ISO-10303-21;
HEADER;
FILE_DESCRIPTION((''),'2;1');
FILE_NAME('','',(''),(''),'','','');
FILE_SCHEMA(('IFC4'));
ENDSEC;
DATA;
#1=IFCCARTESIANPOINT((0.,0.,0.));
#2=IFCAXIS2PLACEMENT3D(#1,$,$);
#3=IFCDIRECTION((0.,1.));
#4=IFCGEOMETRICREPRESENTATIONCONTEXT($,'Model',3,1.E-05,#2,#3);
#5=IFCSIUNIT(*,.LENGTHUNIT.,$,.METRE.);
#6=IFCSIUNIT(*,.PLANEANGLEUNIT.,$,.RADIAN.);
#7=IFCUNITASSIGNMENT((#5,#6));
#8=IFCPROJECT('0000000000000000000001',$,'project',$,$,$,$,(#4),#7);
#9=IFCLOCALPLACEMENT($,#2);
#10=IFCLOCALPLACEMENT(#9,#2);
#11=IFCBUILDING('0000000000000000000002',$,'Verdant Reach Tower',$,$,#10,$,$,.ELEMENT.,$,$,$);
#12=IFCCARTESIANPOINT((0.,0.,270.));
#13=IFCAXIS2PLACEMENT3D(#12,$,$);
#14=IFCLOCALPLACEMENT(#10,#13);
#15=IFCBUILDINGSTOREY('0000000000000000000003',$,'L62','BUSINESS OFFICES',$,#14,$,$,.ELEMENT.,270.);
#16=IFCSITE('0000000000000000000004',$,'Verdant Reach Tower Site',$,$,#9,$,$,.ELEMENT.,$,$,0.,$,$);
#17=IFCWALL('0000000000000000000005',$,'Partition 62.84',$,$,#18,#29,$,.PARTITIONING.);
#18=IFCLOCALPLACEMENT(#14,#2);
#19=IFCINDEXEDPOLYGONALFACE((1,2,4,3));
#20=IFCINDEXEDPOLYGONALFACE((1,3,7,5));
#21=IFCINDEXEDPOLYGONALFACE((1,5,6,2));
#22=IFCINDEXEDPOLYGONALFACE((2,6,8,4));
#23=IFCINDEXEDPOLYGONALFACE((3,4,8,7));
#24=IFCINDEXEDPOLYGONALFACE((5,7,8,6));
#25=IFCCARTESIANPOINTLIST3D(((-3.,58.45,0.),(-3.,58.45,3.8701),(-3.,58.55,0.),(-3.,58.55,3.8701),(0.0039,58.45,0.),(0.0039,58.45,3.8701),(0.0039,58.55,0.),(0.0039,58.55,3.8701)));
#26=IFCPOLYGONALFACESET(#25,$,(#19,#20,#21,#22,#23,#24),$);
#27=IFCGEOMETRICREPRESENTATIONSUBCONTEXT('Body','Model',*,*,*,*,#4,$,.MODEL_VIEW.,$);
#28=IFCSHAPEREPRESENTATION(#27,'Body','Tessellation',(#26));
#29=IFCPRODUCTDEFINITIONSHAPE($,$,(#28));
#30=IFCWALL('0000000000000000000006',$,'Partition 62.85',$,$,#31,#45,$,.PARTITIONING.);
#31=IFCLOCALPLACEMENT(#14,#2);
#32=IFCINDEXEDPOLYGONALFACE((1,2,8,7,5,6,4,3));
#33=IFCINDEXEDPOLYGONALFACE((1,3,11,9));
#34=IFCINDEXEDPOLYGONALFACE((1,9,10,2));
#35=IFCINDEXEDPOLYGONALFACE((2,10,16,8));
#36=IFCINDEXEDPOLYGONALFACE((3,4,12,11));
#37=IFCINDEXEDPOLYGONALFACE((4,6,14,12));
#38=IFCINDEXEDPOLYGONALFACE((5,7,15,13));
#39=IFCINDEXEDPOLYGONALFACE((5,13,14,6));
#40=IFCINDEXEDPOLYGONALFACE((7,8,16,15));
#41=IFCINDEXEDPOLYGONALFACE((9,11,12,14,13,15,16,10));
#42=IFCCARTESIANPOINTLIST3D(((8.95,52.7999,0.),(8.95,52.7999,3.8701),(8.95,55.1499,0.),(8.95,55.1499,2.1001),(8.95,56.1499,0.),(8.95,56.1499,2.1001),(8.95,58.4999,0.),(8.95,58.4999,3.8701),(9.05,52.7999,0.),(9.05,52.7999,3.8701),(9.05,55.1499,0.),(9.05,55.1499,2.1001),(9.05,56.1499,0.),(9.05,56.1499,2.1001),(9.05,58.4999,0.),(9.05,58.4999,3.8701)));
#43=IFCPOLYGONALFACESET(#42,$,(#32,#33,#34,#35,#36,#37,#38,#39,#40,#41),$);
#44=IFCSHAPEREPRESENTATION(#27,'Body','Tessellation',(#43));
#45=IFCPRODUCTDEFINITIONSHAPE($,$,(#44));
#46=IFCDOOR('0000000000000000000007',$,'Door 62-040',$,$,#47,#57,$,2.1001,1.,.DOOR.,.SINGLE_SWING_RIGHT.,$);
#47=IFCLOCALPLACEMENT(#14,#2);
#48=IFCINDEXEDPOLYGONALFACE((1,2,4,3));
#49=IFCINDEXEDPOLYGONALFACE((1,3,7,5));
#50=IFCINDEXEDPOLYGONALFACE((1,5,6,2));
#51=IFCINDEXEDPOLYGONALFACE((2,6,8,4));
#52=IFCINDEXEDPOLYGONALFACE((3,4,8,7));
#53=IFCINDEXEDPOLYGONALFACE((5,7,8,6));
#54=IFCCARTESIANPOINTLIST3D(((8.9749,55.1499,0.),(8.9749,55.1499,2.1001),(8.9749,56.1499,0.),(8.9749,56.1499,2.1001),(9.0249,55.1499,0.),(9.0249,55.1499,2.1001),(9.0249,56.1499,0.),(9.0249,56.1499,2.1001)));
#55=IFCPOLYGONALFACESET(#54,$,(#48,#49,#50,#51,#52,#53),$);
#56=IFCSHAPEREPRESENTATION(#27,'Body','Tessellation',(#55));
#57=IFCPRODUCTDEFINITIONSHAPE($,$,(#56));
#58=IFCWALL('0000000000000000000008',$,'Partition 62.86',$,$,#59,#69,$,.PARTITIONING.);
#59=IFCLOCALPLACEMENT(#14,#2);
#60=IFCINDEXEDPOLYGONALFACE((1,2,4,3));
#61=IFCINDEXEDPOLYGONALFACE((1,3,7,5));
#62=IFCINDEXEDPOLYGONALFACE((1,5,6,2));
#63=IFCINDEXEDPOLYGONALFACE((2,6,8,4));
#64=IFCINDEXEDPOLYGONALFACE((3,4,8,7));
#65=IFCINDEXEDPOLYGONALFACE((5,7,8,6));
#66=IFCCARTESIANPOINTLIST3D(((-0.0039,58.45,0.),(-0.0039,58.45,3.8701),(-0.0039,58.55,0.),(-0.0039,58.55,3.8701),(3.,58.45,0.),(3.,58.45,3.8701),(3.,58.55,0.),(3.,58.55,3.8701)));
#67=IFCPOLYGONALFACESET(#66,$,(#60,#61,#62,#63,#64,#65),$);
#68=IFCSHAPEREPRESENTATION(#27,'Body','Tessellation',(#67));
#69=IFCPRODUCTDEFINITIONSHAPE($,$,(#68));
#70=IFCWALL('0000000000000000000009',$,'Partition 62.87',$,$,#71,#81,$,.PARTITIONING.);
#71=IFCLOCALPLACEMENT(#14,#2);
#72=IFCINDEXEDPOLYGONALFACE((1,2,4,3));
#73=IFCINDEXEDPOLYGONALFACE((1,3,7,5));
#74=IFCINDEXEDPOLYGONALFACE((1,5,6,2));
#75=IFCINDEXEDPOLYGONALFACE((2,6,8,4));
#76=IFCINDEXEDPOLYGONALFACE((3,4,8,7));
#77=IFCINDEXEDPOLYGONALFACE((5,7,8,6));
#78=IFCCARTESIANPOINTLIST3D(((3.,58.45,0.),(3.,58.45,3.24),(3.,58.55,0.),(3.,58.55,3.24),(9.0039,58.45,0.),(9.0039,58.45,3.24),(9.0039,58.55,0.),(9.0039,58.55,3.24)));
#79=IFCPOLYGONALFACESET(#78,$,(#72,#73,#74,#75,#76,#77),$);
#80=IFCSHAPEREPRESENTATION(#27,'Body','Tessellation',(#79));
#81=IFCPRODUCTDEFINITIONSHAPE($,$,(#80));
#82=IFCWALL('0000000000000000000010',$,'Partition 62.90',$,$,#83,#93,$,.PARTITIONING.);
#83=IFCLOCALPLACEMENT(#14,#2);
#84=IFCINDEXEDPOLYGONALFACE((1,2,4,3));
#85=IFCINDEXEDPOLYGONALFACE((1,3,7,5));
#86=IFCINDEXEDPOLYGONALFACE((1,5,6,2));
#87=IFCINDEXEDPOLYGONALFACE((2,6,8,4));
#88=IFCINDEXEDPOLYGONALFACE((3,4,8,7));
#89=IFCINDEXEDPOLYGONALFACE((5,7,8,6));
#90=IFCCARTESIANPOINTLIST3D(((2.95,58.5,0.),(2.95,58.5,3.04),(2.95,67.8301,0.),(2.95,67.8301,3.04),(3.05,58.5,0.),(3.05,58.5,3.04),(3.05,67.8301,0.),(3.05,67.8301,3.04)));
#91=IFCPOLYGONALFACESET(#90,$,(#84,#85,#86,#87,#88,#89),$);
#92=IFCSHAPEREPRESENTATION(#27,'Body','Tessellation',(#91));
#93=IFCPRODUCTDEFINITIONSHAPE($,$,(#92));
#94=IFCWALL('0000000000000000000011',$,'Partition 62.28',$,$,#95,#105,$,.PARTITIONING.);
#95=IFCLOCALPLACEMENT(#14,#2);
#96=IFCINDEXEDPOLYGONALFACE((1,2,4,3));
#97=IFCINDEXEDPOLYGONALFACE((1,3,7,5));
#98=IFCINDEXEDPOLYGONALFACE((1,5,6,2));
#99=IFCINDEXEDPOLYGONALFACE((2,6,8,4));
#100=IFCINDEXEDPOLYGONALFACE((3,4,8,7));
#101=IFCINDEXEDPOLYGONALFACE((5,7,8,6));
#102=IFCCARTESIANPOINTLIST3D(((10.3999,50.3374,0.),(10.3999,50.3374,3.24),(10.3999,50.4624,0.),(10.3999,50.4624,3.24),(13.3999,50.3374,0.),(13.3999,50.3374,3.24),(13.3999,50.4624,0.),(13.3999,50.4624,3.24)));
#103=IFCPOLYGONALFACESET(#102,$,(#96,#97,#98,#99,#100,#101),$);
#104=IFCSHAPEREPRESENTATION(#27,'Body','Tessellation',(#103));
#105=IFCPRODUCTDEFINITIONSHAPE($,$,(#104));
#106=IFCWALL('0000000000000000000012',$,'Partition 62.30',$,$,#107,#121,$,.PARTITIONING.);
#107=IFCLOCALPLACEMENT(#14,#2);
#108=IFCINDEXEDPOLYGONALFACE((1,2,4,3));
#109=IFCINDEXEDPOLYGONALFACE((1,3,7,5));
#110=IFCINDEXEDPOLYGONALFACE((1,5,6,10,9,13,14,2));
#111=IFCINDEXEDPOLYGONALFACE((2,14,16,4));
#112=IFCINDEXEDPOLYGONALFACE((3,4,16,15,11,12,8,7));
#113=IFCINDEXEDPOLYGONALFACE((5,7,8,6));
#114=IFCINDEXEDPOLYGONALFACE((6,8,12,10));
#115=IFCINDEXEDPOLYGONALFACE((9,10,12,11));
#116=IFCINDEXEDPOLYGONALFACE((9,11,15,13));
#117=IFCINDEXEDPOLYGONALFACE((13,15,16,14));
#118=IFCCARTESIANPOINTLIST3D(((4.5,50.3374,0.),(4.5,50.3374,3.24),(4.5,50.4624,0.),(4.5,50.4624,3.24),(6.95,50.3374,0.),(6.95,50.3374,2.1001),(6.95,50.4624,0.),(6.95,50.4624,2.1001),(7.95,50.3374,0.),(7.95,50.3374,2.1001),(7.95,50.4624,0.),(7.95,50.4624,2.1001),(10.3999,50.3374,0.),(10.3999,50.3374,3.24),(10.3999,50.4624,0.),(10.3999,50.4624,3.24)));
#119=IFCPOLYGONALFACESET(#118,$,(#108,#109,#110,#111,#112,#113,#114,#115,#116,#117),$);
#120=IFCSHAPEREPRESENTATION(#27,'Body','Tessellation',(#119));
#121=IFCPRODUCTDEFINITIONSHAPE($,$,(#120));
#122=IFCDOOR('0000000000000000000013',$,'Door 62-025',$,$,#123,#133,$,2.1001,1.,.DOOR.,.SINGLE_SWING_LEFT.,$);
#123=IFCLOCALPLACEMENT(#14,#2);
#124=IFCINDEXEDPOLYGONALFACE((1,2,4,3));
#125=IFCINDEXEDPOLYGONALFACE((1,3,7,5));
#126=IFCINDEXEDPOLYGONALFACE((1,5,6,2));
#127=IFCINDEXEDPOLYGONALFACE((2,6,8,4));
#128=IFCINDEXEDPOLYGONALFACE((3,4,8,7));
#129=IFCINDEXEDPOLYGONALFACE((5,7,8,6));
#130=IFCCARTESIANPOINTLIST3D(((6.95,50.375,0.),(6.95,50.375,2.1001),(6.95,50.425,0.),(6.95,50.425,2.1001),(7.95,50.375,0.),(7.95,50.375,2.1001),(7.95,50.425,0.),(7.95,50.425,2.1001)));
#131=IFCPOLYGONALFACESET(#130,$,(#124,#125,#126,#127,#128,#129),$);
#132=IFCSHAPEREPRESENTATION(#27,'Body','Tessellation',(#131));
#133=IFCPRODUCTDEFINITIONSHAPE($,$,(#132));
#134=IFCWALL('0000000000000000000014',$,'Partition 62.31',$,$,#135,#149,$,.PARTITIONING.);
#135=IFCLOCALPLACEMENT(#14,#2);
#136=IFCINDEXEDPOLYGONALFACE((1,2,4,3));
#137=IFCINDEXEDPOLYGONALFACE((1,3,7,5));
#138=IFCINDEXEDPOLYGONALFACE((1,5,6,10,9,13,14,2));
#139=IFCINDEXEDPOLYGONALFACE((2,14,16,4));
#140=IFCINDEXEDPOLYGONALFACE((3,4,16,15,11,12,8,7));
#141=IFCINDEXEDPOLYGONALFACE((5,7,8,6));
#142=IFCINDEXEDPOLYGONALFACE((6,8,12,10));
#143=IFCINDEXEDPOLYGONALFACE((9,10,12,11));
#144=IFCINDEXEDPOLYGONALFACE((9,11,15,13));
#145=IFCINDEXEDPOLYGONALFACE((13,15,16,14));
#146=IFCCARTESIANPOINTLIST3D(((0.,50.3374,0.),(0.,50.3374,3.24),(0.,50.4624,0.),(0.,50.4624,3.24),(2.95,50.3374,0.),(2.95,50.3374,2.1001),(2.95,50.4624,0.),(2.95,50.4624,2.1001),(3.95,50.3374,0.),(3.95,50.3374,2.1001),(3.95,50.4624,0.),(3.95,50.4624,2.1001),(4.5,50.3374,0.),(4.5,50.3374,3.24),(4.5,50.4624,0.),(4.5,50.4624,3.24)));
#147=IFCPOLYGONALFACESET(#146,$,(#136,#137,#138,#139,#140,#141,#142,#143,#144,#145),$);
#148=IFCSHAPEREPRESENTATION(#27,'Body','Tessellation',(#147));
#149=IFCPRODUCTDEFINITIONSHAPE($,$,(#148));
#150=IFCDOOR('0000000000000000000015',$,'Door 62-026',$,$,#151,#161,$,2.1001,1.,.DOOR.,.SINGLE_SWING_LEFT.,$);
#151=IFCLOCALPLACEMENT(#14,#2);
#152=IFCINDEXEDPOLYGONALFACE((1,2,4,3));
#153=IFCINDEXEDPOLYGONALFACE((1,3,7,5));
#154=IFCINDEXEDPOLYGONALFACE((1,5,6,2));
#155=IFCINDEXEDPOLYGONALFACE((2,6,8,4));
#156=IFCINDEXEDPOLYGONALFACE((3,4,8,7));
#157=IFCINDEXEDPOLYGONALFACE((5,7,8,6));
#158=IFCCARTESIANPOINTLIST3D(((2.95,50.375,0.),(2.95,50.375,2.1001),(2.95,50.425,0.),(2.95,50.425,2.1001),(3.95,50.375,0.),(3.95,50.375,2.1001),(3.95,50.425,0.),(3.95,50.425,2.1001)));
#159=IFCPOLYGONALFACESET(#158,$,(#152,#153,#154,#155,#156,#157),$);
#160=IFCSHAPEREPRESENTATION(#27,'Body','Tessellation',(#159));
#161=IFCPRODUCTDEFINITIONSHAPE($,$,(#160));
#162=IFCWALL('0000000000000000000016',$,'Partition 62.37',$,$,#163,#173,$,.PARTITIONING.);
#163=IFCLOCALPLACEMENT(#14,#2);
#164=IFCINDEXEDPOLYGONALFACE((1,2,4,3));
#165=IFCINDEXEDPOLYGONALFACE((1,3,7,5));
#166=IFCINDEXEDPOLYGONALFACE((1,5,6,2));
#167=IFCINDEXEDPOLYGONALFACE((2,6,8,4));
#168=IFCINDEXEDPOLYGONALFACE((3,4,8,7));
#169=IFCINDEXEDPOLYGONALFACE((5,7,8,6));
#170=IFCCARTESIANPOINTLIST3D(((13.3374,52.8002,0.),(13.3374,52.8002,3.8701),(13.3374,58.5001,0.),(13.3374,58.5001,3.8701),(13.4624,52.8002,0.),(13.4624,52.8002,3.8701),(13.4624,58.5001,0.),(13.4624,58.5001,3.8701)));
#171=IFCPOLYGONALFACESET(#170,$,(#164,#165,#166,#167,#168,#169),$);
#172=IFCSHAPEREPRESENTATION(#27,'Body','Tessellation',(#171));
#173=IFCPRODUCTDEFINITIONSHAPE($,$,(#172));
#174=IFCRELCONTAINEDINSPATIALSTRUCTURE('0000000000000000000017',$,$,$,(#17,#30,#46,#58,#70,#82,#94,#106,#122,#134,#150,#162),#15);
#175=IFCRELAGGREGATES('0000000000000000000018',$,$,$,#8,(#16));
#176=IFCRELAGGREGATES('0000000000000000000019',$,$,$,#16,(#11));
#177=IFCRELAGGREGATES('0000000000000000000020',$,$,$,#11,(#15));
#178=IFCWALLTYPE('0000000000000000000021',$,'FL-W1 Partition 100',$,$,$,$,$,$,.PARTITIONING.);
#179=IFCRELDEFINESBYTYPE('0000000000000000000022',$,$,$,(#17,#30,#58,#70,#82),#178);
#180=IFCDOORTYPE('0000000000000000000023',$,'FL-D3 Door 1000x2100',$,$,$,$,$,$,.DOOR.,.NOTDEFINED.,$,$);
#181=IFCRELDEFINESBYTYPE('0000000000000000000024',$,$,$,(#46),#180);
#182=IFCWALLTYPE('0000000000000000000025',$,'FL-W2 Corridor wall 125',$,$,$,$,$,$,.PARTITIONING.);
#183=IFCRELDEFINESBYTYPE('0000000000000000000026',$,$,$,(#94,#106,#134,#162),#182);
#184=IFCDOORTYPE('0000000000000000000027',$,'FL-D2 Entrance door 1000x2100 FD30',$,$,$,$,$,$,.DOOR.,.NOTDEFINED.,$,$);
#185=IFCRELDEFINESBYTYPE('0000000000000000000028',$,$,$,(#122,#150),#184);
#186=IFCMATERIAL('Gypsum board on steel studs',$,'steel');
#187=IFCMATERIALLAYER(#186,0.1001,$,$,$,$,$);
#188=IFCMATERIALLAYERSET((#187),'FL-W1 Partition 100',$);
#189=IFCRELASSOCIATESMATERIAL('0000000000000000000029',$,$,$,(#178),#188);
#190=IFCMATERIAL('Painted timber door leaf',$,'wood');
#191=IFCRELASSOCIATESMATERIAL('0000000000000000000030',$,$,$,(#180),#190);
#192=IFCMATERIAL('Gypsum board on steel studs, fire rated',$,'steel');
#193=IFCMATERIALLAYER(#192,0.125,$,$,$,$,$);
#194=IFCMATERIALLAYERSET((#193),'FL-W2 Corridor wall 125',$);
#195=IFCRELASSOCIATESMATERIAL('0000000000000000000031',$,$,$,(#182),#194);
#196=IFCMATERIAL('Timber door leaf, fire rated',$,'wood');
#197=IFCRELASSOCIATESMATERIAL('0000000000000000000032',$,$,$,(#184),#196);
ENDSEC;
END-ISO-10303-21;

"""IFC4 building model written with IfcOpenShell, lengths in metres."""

from ifc_helpers import new_model, si_unit, direction, frame, frame_2d, origin, place, context, subcontext, project, spatial, rectangle, extrude, material, layer, layer_set, type_object, element, fill, save


model = new_model("IFC4")

# Units and contexts
model_context = context("Model", 3, precision=1e-05, world=origin(), true_north=direction((0.0, 1.0)))
body_context = subcontext(model_context, "Body", "Model", "MODEL_VIEW")
ifc_project = project(units=[si_unit("LENGTHUNIT", "METRE"), si_unit("PLANEANGLEUNIT", "RADIAN")], contexts=[model_context])

# Site, building, storey
site_placement = place(None, origin())
site = spatial("IfcSite", under=ifc_project, at=site_placement, Name="Verdant Reach Tower Site", CompositionType="ELEMENT", RefElevation=0.0)
building_placement = place(site_placement, origin())
building = spatial("IfcBuilding", under=site, at=building_placement, Name="Verdant Reach Tower", CompositionType="ELEMENT")
storey_placement = place(building_placement, frame((0.0, 0.0, 270.0)))
storey = spatial("IfcBuildingStorey", under=building, at=storey_placement, Name="L62", Description="BUSINESS OFFICES", CompositionType="ELEMENT", Elevation=270.0)

# Wall
ifc_material_1 = material(Name="Gypsum board on steel studs", Category="steel")
ifc_layer_1 = layer(ifc_material_1, 0.1001)
ifc_layer_set_1 = layer_set([ifc_layer_1], Name="FL-W1 Partition 100")
wall_type_1 = type_object("IfcWallType", Name="FL-W1 Partition 100", PredefinedType="PARTITIONING", material=ifc_layer_set_1)
wall_1_placement = place(storey_placement, frame((0.0039, 58.5, 0.0), z_axis=(0.0, 0.0, 1.0), x_axis=(-1.0, 0.0, 0.0)))
element("IfcWall", 1, at=wall_1_placement, inside=storey, type_object=wall_type_1, Name="Partition 62.84", PredefinedType="PARTITIONING", context=body_context, shape_type="SweptSolid", body=[
    extrude(rectangle(XDim=3.0039, YDim=0.1001, at=frame_2d((1.502, 0.0))), origin(), (0.0, 0.0, 1.0), 3.8701),
])

# Wall, opening, door
wall_2_placement = place(storey_placement, frame((9.0, 58.5, 0.0), z_axis=(0.0, 0.0, 1.0), x_axis=(0.0, -1.0, 0.0)))
wall_2 = element("IfcWall", 2, at=wall_2_placement, inside=storey, type_object=wall_type_1, Name="Partition 62.85", PredefinedType="PARTITIONING", context=body_context, shape_type="SweptSolid", body=[
    extrude(rectangle(XDim=5.7, YDim=0.1001, at=frame_2d((2.8501, 0.0))), origin(), (0.0, 0.0, 1.0), 3.8701),
])
opening_1_placement = place(wall_2_placement, frame((2.3501, 0.0, 0.0)))
opening_1 = element("IfcOpeningElement", 3, at=opening_1_placement, cuts=wall_2, PredefinedType="OPENING", context=body_context, shape_type="SweptSolid", body=[
    extrude(rectangle(XDim=1.0, YDim=2.1001, at=frame_2d((0.5, 1.05))), frame((0.0, 0.0601, 0.0), z_axis=(0.0, -1.0, 0.0), x_axis=(1.0, 0.0, 0.0)), (0.0, 0.0, 1.0), 0.1201),
])
ifc_material_2 = material(Name="Painted timber door leaf", Category="wood")
door_type_1 = type_object("IfcDoorType", Name="FL-D3 Door 1000x2100", OperationType="NOTDEFINED", PredefinedType="DOOR", material=ifc_material_2)
door_1_placement = place(opening_1_placement, origin())
door_1 = element("IfcDoor", 4, at=door_1_placement, inside=storey, type_object=door_type_1, Name="Door 62-040", OperationType="SINGLE_SWING_RIGHT", OverallHeight=2.1001, OverallWidth=1.0, PredefinedType="DOOR", context=body_context, shape_type="SweptSolid", body=[
    extrude(rectangle(XDim=1.0, YDim=2.1001, at=frame_2d((0.5, 1.05))), frame((0.0, 0.0249, 0.0), z_axis=(0.0, -1.0, 0.0), x_axis=(1.0, 0.0, 0.0)), (0.0, 0.0, 1.0), 0.05),
])
fill(opening_1, door_1)

# Walls
wall_3_placement = place(storey_placement, frame((3.0, 58.5, 0.0), z_axis=(0.0, 0.0, 1.0), x_axis=(-1.0, 0.0, 0.0)))
element("IfcWall", 5, at=wall_3_placement, inside=storey, type_object=wall_type_1, Name="Partition 62.86", PredefinedType="PARTITIONING", context=body_context, shape_type="SweptSolid", body=[
    extrude(rectangle(XDim=3.0039, YDim=0.1001, at=frame_2d((1.502, 0.0))), origin(), (0.0, 0.0, 1.0), 3.8701),
])
wall_4_placement = place(storey_placement, frame((9.0039, 58.5, 0.0), z_axis=(0.0, 0.0, 1.0), x_axis=(-1.0, 0.0, 0.0)))
element("IfcWall", 6, at=wall_4_placement, inside=storey, type_object=wall_type_1, Name="Partition 62.87", PredefinedType="PARTITIONING", context=body_context, shape_type="SweptSolid", body=[
    extrude(rectangle(XDim=6.0039, YDim=0.1001, at=frame_2d((3.002, 0.0))), origin(), (0.0, 0.0, 1.0), 3.24),
])
wall_5_placement = place(storey_placement, frame((3.0, 58.5, 0.0), z_axis=(0.0, 0.0, 1.0), x_axis=(0.0, 1.0, 0.0)))
element("IfcWall", 7, at=wall_5_placement, inside=storey, type_object=wall_type_1, Name="Partition 62.90", PredefinedType="PARTITIONING", context=body_context, shape_type="SweptSolid", body=[
    extrude(rectangle(XDim=9.3301, YDim=0.1001, at=frame_2d((4.665, 0.0))), origin(), (0.0, 0.0, 1.0), 3.04),
])
ifc_material_3 = material(Name="Gypsum board on steel studs, fire rated", Category="steel")
ifc_layer_2 = layer(ifc_material_3, 0.125)
ifc_layer_set_2 = layer_set([ifc_layer_2], Name="FL-W2 Corridor wall 125")
wall_type_2 = type_object("IfcWallType", Name="FL-W2 Corridor wall 125", PredefinedType="PARTITIONING", material=ifc_layer_set_2)
wall_6_placement = place(storey_placement, frame((13.3999, 50.3999, 0.0), z_axis=(0.0, 0.0, 1.0), x_axis=(-1.0, 0.0, 0.0)))
element("IfcWall", 8, at=wall_6_placement, inside=storey, type_object=wall_type_2, Name="Partition 62.28", PredefinedType="PARTITIONING", context=body_context, shape_type="SweptSolid", body=[
    extrude(rectangle(XDim=3.0, YDim=0.125, at=frame_2d((1.5, 0.0))), origin(), (0.0, 0.0, 1.0), 3.24),
])

# Walls, openings, doors
wall_7_placement = place(storey_placement, frame((10.3999, 50.3999, 0.0), z_axis=(0.0, 0.0, 1.0), x_axis=(-1.0, 0.0, 0.0)))
wall_7 = element("IfcWall", 9, at=wall_7_placement, inside=storey, type_object=wall_type_2, Name="Partition 62.30", PredefinedType="PARTITIONING", context=body_context, shape_type="SweptSolid", body=[
    extrude(rectangle(XDim=5.8999, YDim=0.125, at=frame_2d((2.95, 0.0))), origin(), (0.0, 0.0, 1.0), 3.24),
])
opening_2_placement = place(wall_7_placement, frame((2.45, 0.0, 0.0)))
opening_2 = element("IfcOpeningElement", 10, at=opening_2_placement, cuts=wall_7, PredefinedType="OPENING", context=body_context, shape_type="SweptSolid", body=[
    extrude(rectangle(XDim=1.0, YDim=2.1001, at=frame_2d((0.5, 1.05))), frame((0.0, 0.0725, 0.0), z_axis=(0.0, -1.0, 0.0), x_axis=(1.0, 0.0, 0.0)), (0.0, 0.0, 1.0), 0.145),
])
ifc_material_4 = material(Name="Timber door leaf, fire rated", Category="wood")
door_type_2 = type_object("IfcDoorType", Name="FL-D2 Entrance door 1000x2100 FD30", OperationType="NOTDEFINED", PredefinedType="DOOR", material=ifc_material_4)
door_2_placement = place(opening_2_placement, origin())
door_2 = element("IfcDoor", 11, at=door_2_placement, inside=storey, type_object=door_type_2, Name="Door 62-025", OperationType="SINGLE_SWING_LEFT", OverallHeight=2.1001, OverallWidth=1.0, PredefinedType="DOOR", context=body_context, shape_type="SweptSolid", body=[
    extrude(rectangle(XDim=1.0, YDim=2.1001, at=frame_2d((0.5, 1.05))), frame((0.0, 0.0249, 0.0), z_axis=(0.0, -1.0, 0.0), x_axis=(1.0, 0.0, 0.0)), (0.0, 0.0, 1.0), 0.05),
])
fill(opening_2, door_2)
wall_8_placement = place(storey_placement, frame((4.5, 50.3999, 0.0), z_axis=(0.0, 0.0, 1.0), x_axis=(-1.0, 0.0, 0.0)))
wall_8 = element("IfcWall", 12, at=wall_8_placement, inside=storey, type_object=wall_type_2, Name="Partition 62.31", PredefinedType="PARTITIONING", context=body_context, shape_type="SweptSolid", body=[
    extrude(rectangle(XDim=4.5, YDim=0.125, at=frame_2d((2.25, 0.0))), origin(), (0.0, 0.0, 1.0), 3.24),
])
opening_3_placement = place(wall_8_placement, frame((0.55, 0.0, 0.0)))
opening_3 = element("IfcOpeningElement", 13, at=opening_3_placement, cuts=wall_8, PredefinedType="OPENING", context=body_context, shape_type="SweptSolid", body=[
    extrude(rectangle(XDim=1.0, YDim=2.1001, at=frame_2d((0.5, 1.05))), frame((0.0, 0.0725, 0.0), z_axis=(0.0, -1.0, 0.0), x_axis=(1.0, 0.0, 0.0)), (0.0, 0.0, 1.0), 0.145),
])
door_3_placement = place(opening_3_placement, origin())
door_3 = element("IfcDoor", 14, at=door_3_placement, inside=storey, type_object=door_type_2, Name="Door 62-026", OperationType="SINGLE_SWING_LEFT", OverallHeight=2.1001, OverallWidth=1.0, PredefinedType="DOOR", context=body_context, shape_type="SweptSolid", body=[
    extrude(rectangle(XDim=1.0, YDim=2.1001, at=frame_2d((0.5, 1.05))), frame((0.0, 0.0249, 0.0), z_axis=(0.0, -1.0, 0.0), x_axis=(1.0, 0.0, 0.0)), (0.0, 0.0, 1.0), 0.05),
])
fill(opening_3, door_3)

# Wall
wall_9_placement = place(storey_placement, frame((13.3999, 52.8, 0.0), z_axis=(0.0, 0.0, 1.0), x_axis=(0.0, 1.0, 0.0)))
element("IfcWall", 15, at=wall_9_placement, inside=storey, type_object=wall_type_2, Name="Partition 62.37", PredefinedType="PARTITIONING", context=body_context, shape_type="SweptSolid", body=[
    extrude(rectangle(XDim=5.7, YDim=0.125, at=frame_2d((2.8501, 0.0))), origin(), (0.0, 0.0, 1.0), 3.8701),
])

save(model, "model.ifc")
